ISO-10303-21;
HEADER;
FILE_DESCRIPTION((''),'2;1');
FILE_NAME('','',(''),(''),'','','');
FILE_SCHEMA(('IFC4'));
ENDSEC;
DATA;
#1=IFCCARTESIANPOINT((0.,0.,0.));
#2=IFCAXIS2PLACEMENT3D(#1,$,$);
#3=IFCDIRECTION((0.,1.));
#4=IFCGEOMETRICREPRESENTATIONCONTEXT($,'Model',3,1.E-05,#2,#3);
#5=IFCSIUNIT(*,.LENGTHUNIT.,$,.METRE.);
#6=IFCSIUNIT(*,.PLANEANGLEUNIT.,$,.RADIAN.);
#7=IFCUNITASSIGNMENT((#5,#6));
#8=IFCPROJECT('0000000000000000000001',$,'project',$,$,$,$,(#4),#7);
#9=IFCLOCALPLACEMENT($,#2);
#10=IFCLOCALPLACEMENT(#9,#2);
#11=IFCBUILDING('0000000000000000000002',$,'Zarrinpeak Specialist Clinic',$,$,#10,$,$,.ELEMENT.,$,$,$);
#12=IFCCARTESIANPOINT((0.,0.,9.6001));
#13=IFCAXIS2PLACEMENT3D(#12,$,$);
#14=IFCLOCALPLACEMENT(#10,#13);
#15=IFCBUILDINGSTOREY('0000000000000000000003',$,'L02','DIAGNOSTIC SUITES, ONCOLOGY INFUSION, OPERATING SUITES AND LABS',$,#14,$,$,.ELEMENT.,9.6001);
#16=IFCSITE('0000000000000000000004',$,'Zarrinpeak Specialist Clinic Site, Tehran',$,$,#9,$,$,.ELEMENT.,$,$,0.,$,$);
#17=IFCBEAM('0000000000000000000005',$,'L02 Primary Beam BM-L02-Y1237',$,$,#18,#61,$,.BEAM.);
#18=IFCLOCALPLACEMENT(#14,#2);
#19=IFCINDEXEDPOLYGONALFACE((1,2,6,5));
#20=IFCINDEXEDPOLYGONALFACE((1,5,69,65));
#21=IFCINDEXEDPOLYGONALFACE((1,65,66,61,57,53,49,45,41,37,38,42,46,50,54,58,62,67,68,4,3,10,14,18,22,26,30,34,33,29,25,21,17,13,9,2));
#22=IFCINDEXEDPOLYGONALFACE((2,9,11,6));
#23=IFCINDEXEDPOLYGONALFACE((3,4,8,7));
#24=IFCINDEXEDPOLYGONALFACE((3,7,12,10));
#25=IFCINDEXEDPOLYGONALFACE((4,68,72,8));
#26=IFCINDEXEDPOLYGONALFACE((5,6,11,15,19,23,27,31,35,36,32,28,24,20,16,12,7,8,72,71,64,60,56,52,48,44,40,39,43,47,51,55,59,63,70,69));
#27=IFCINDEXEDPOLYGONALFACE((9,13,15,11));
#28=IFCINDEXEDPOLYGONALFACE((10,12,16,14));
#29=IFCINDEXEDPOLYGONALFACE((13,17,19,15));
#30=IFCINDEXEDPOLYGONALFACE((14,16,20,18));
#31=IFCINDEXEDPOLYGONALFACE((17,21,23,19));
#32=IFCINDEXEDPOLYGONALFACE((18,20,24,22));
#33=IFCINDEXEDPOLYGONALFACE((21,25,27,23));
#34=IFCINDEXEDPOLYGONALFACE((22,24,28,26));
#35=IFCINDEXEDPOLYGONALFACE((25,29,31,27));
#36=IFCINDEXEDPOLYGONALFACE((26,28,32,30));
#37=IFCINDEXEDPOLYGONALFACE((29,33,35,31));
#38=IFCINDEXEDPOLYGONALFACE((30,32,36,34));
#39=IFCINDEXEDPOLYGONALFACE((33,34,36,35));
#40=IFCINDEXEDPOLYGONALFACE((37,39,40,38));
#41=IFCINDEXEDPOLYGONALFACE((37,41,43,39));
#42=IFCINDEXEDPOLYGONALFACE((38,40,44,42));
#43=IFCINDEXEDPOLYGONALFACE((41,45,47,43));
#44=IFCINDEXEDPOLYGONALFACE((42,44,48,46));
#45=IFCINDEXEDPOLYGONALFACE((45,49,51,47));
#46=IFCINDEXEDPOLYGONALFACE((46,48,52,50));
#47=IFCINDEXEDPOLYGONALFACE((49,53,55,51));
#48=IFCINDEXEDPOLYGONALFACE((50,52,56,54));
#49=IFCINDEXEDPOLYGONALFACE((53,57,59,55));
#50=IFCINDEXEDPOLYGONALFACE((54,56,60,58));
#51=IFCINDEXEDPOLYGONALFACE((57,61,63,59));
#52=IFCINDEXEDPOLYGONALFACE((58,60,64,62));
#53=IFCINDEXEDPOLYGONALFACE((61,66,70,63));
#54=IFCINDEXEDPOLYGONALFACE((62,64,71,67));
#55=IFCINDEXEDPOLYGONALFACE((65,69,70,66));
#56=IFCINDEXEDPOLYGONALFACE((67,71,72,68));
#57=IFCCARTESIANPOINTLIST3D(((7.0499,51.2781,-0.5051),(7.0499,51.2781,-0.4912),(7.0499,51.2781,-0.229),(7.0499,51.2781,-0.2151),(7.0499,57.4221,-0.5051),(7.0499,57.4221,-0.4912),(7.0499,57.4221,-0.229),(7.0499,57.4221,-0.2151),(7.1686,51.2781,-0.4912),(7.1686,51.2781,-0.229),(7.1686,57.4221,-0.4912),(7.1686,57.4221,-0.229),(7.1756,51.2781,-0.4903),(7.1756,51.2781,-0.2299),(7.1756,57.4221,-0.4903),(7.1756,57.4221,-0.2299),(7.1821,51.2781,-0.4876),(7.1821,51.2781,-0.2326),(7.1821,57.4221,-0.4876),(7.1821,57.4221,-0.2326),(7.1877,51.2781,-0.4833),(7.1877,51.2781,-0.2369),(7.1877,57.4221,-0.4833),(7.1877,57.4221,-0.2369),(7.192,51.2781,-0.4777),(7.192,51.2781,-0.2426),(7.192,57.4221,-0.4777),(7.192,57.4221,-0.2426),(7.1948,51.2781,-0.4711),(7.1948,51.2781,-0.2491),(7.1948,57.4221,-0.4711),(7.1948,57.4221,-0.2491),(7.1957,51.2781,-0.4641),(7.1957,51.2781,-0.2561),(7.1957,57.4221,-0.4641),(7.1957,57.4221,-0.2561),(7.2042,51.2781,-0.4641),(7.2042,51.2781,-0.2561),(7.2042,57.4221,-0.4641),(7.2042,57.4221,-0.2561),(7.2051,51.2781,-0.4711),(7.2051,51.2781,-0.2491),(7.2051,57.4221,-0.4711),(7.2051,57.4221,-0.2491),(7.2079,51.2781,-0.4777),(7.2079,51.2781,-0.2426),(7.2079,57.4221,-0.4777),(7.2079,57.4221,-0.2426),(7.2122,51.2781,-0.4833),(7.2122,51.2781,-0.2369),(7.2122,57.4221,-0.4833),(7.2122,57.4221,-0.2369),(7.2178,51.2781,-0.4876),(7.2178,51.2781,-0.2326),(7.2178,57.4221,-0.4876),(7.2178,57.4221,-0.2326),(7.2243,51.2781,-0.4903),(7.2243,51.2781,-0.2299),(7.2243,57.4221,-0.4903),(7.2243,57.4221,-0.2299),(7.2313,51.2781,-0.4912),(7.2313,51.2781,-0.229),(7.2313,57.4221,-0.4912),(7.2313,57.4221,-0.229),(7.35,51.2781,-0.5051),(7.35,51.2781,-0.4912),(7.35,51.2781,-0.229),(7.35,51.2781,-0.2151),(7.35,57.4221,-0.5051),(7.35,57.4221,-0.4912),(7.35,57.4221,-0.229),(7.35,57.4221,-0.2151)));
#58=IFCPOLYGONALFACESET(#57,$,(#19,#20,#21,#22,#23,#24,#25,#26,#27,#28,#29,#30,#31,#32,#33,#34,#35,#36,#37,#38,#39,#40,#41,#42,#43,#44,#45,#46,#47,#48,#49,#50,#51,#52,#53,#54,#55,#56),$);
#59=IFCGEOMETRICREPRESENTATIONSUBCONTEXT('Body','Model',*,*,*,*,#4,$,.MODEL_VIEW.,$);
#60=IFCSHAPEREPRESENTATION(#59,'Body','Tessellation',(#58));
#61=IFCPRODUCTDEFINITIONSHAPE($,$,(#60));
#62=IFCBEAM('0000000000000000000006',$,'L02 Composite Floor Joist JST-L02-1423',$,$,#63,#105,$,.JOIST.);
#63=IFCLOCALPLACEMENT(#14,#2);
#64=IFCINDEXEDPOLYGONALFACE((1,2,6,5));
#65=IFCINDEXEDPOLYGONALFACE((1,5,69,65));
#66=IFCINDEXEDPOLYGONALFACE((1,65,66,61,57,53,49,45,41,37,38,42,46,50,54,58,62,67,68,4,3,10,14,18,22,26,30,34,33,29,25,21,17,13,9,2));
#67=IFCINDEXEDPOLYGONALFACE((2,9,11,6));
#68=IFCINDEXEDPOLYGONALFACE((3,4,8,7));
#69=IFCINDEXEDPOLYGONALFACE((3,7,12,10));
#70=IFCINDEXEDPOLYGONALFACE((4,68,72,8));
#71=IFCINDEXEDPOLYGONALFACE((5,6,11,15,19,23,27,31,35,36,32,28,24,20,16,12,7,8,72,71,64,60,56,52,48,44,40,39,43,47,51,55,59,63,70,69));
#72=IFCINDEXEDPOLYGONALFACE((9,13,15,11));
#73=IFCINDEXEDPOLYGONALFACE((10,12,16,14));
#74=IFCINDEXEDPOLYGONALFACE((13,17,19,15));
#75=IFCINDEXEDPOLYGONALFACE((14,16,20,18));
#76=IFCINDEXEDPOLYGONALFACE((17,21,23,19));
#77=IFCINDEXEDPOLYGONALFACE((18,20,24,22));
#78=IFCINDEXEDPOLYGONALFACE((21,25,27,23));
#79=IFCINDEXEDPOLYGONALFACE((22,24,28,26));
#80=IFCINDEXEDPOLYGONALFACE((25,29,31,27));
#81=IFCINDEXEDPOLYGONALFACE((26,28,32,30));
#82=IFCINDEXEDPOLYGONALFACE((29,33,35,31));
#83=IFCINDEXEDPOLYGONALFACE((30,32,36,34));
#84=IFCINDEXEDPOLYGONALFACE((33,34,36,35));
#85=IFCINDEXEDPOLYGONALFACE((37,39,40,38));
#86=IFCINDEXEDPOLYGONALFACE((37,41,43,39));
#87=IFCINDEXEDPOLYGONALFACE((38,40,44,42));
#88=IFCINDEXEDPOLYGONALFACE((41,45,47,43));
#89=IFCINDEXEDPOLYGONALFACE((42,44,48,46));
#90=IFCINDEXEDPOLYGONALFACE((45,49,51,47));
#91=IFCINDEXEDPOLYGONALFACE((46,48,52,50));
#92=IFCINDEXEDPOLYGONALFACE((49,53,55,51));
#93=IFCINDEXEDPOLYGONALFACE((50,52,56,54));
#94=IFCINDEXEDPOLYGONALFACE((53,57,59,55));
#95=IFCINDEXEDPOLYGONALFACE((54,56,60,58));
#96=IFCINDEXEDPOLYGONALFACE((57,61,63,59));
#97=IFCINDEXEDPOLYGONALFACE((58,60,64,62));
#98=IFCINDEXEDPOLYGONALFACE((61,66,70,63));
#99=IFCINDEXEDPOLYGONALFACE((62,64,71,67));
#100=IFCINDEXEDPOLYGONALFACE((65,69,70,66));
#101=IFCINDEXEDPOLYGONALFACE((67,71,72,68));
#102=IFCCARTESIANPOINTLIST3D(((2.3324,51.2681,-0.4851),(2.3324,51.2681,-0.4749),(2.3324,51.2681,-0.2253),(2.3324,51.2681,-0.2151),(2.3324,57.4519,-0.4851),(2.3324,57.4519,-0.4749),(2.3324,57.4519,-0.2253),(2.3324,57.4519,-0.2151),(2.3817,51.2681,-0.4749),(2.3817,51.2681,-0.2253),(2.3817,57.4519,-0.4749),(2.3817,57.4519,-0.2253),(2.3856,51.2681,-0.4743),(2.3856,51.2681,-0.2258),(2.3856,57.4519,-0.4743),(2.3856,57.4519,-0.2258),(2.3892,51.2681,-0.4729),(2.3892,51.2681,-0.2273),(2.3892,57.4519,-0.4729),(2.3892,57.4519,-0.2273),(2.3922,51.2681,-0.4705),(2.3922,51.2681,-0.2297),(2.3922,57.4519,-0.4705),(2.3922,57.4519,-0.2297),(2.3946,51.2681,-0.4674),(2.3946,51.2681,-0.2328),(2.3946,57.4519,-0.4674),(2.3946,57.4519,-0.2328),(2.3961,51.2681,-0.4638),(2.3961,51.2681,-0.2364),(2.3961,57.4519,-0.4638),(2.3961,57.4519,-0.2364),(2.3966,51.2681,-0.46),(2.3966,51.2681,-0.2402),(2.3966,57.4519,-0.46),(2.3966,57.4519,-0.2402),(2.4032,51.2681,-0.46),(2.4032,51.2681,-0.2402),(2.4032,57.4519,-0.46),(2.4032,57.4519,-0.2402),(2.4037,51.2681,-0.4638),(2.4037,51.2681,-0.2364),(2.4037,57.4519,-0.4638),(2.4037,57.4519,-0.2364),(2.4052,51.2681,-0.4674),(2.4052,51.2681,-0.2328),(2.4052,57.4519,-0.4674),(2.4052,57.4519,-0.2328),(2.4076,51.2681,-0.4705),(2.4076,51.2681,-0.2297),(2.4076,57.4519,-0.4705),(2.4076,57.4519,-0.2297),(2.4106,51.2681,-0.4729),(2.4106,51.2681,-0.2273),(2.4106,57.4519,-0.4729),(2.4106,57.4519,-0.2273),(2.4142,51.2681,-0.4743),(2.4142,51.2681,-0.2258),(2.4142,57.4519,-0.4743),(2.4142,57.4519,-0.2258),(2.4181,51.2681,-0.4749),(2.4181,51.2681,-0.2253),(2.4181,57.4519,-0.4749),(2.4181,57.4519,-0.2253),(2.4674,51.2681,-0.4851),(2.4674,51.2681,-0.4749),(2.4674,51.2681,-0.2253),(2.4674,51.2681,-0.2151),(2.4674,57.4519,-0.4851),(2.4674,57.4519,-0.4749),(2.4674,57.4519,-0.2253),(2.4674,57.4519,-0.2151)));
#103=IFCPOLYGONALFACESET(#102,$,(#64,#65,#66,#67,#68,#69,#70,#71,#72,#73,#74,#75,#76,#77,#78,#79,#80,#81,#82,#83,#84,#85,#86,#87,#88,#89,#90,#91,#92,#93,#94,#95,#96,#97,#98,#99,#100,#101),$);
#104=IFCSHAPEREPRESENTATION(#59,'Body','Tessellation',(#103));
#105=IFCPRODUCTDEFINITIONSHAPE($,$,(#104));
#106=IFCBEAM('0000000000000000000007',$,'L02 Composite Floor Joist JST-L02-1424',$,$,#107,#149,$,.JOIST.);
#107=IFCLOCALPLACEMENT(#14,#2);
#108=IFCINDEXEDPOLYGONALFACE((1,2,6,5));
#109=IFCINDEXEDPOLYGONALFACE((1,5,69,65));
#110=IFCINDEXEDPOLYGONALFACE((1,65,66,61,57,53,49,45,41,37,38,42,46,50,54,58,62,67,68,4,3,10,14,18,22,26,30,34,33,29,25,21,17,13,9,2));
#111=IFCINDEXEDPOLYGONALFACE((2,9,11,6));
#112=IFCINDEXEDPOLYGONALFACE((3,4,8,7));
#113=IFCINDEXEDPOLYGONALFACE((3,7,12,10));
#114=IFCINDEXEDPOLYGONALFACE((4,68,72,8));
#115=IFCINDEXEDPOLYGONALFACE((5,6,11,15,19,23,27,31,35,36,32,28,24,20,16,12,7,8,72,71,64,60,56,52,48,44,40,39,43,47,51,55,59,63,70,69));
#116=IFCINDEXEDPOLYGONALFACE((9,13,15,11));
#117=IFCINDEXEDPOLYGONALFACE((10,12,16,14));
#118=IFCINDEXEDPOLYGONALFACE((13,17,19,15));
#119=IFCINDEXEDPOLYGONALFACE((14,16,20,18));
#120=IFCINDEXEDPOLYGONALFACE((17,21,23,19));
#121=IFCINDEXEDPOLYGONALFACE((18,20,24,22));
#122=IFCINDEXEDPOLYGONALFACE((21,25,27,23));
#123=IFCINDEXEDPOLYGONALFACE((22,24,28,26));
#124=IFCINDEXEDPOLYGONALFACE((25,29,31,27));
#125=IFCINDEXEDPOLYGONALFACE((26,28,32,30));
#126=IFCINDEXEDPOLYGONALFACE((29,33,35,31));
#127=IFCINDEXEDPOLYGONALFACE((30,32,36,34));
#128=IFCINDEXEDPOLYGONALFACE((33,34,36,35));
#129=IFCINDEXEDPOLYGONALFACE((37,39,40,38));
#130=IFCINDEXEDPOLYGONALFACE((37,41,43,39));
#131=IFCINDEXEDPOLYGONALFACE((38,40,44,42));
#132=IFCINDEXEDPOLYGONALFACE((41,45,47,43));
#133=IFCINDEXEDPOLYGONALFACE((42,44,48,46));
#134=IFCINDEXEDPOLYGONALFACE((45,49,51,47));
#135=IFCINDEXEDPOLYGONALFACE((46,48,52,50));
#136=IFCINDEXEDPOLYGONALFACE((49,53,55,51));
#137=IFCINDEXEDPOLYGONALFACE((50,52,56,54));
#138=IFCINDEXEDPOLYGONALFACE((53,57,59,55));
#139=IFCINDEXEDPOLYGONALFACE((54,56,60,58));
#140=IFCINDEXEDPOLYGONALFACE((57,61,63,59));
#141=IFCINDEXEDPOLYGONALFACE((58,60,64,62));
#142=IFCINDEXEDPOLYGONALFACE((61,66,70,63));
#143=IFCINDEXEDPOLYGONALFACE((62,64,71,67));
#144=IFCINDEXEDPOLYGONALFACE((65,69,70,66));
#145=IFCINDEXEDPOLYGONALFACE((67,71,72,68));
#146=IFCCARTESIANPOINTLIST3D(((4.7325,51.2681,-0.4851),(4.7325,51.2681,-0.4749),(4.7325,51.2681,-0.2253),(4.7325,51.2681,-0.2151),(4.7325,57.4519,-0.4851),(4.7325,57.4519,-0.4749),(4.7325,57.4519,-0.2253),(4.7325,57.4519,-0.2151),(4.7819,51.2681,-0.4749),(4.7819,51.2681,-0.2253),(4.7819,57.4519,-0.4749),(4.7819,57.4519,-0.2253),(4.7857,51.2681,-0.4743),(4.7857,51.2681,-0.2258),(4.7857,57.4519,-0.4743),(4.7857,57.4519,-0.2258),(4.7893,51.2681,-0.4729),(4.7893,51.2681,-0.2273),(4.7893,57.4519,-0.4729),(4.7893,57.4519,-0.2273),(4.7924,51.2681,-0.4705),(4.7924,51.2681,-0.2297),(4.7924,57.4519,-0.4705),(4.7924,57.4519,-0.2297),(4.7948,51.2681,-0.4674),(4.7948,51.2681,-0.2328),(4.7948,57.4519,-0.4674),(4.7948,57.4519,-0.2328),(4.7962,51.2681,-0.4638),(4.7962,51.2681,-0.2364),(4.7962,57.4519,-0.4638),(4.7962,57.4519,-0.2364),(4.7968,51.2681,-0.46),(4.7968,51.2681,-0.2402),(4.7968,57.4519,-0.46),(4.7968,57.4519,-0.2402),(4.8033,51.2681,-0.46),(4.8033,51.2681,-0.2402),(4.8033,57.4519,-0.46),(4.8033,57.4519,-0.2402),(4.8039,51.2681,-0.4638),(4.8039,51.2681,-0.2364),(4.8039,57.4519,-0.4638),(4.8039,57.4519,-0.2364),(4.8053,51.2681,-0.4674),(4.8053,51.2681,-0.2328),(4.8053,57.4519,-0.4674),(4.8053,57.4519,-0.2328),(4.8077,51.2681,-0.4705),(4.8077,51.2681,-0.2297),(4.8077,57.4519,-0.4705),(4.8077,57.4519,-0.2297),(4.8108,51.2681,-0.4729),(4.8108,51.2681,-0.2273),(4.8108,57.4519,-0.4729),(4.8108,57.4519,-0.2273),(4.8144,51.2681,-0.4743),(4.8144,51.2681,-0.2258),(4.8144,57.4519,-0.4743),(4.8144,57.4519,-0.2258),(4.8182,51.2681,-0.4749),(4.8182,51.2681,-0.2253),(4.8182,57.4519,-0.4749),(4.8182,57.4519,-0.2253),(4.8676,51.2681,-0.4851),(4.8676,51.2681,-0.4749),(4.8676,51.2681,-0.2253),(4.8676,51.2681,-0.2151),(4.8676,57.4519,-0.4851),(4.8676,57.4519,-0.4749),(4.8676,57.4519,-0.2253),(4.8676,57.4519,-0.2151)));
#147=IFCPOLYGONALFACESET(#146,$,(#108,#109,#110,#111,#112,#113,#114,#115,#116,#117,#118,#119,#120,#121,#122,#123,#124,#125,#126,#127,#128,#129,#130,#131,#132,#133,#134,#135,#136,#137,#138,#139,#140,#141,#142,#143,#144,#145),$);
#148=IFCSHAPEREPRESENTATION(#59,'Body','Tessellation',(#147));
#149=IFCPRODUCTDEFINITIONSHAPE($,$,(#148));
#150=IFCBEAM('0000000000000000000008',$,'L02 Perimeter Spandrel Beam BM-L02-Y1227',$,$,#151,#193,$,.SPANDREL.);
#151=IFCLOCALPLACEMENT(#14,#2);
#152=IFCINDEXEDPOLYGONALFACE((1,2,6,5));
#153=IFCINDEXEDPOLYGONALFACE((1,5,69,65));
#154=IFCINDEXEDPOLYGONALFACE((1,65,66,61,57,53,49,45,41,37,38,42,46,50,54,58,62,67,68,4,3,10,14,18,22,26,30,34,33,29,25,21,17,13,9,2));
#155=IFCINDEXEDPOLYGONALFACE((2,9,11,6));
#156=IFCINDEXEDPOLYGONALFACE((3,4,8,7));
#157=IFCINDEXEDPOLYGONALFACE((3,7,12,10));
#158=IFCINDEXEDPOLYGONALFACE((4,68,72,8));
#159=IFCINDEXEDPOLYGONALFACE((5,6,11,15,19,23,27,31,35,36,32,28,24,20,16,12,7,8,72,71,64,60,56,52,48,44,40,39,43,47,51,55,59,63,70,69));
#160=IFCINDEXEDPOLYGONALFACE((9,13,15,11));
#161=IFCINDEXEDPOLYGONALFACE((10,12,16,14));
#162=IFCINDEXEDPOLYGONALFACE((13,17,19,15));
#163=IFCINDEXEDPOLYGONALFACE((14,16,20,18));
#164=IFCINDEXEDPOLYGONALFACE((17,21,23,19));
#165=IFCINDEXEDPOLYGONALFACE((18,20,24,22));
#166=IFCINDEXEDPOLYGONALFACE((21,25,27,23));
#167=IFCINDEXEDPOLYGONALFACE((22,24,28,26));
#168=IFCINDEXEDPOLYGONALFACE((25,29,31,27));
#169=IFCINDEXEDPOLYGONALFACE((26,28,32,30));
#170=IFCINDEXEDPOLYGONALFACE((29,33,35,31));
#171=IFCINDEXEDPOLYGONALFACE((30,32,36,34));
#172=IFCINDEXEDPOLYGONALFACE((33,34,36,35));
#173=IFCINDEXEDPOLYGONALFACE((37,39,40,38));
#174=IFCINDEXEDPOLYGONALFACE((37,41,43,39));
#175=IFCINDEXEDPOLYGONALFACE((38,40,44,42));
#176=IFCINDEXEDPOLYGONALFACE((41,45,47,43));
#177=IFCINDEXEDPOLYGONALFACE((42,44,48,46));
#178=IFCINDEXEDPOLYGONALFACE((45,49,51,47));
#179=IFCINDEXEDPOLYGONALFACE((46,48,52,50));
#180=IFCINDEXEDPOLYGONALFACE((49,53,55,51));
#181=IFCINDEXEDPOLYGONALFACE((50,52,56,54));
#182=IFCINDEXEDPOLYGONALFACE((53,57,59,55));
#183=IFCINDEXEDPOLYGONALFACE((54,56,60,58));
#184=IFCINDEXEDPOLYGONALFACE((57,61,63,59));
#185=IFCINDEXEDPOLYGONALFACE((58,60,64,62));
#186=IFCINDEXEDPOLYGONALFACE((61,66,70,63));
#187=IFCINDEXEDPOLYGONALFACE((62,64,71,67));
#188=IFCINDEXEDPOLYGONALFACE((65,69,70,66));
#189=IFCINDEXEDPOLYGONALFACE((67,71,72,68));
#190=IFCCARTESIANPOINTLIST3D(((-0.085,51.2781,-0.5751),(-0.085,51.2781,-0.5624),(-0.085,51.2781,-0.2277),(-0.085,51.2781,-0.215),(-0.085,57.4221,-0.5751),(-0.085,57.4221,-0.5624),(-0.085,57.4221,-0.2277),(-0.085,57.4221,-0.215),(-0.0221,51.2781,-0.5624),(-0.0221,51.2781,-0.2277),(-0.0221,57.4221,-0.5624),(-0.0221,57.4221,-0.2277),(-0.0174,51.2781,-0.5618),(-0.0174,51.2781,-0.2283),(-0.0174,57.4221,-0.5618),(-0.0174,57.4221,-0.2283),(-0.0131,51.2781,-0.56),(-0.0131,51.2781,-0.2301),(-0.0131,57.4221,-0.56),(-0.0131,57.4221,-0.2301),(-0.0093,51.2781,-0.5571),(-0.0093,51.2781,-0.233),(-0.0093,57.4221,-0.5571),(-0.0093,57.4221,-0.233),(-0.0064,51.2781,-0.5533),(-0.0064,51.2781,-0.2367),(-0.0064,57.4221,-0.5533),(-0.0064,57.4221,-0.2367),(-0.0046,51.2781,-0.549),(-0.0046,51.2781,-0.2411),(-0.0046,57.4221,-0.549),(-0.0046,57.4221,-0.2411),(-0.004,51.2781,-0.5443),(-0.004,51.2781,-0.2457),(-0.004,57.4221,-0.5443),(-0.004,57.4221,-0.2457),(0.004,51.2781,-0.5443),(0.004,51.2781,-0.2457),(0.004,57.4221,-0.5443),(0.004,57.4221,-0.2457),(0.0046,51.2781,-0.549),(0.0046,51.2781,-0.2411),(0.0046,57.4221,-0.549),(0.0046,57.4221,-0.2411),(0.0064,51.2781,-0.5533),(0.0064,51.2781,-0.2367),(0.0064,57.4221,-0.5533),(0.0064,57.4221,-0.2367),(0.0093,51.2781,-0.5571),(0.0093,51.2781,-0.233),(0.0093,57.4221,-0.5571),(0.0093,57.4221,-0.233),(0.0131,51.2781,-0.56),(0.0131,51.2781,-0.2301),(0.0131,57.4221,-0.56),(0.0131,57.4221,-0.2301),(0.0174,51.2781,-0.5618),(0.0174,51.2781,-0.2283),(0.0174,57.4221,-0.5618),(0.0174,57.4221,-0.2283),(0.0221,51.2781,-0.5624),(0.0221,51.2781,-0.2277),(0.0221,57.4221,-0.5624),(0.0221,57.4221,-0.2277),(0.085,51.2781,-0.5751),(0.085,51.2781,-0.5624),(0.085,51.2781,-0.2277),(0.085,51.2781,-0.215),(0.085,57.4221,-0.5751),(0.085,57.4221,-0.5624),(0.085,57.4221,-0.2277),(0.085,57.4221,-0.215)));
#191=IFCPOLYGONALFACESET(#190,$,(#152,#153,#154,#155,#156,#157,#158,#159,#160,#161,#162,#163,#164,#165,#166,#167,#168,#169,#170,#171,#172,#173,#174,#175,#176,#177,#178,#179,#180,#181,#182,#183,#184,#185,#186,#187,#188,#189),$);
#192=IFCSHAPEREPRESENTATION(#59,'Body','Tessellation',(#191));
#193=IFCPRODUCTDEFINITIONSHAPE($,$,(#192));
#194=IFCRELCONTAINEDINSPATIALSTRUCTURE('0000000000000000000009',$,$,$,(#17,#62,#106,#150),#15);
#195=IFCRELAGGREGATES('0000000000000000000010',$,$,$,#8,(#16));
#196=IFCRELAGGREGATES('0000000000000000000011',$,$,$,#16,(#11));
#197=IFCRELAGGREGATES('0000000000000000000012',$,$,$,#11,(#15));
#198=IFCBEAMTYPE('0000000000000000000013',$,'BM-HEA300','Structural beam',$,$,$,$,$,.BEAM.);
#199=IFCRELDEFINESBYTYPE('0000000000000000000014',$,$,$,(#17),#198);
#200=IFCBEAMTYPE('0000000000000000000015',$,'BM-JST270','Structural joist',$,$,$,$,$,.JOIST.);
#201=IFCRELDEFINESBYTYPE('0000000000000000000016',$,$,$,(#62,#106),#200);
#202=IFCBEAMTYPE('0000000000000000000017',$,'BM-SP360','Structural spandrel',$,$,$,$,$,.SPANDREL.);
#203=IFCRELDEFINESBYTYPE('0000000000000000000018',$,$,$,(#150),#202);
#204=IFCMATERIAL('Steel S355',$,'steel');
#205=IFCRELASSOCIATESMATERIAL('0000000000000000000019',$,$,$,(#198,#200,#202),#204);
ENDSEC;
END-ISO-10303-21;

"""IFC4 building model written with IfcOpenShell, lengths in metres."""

from ifc_helpers import new_model, si_unit, direction, frame, origin, origin_2d, place, context, subcontext, project, spatial, i_section, extrude, material, material_profile, profile_set, type_object, element, save


model = new_model("IFC4")

# Units and contexts
model_context = context("Model", 3, precision=1e-05, world=origin(), true_north=direction((0.0, 1.0)))
body_context = subcontext(model_context, "Body", "Model", "MODEL_VIEW")
ifc_project = project(units=[si_unit("LENGTHUNIT", "METRE"), si_unit("PLANEANGLEUNIT", "RADIAN")], contexts=[model_context])

# Site, building, storey
site_placement = place(None, origin())
site = spatial("IfcSite", under=ifc_project, at=site_placement, Name="Zarrinpeak Specialist Clinic Site, Tehran", CompositionType="ELEMENT", RefElevation=0.0)
building_placement = place(site_placement, origin())
building = spatial("IfcBuilding", under=site, at=building_placement, Name="Zarrinpeak Specialist Clinic", CompositionType="ELEMENT")
storey_placement = place(building_placement, frame((0.0, 0.0, 9.6001)))
storey = spatial("IfcBuildingStorey", under=building, at=storey_placement, Name="L02", Description="DIAGNOSTIC SUITES, ONCOLOGY INFUSION, OPERATING SUITES AND LABS", CompositionType="ELEMENT", Elevation=9.6001)

# Shared definitions
ifc_material_1 = material(Name="Steel S355", Category="steel")

# Beams
ifc_material_profile_1 = material_profile(ifc_material_1, i_section(OverallWidth=0.3, OverallDepth=0.29, WebThickness=0.0085, FlangeThickness=0.0139, FilletRadius=0.0271, at=origin_2d()), Name="HEA 300")
ifc_profile_set_1 = profile_set([ifc_material_profile_1], Name="Steel S355")
beam_type_1 = type_object("IfcBeamType", Name="BM-HEA300", Description="Structural beam", PredefinedType="BEAM", material=ifc_profile_set_1)
beam_1_placement = place(storey_placement, frame((7.2, 51.2781, -0.3601), z_axis=(0.0, 1.0, 0.0), x_axis=(-1.0, 0.0, 0.0)))
element("IfcBeam", 1, at=beam_1_placement, inside=storey, type_object=beam_type_1, Name="L02 Primary Beam BM-L02-Y1237", PredefinedType="BEAM", context=body_context, shape_type="SweptSolid", body=[
    extrude(i_section(OverallWidth=0.3, OverallDepth=0.29, WebThickness=0.0085, FlangeThickness=0.0139, FilletRadius=0.0271, at=origin_2d()), origin(), (0.0, 0.0, 1.0), 6.144),
])
ifc_material_profile_2 = material_profile(ifc_material_1, i_section(OverallWidth=0.135, OverallDepth=0.27, WebThickness=0.0066, FlangeThickness=0.0103, FilletRadius=0.0149, at=origin_2d()), Name="IPE 270")
ifc_profile_set_2 = profile_set([ifc_material_profile_2], Name="Steel S355")
beam_type_2 = type_object("IfcBeamType", Name="BM-JST270", Description="Structural joist", PredefinedType="JOIST", material=ifc_profile_set_2)
for number, where, z_axis, x_axis, name in (
    (2, (2.3999, 51.2681, -0.3501), (0.0, 1.0, 0.0), (-1.0, 0.0, 0.0), "L02 Composite Floor Joist JST-L02-1423"),
    (3, (4.8, 51.2681, -0.3501), (0.0, 1.0, 0.0), (-1.0, 0.0, 0.0), "L02 Composite Floor Joist JST-L02-1424"),
):
    element("IfcBeam", number, at=place(storey_placement, frame(where, z_axis=z_axis, x_axis=x_axis)), inside=storey, type_object=beam_type_2, Name=name, PredefinedType="JOIST", context=body_context, shape_type="SweptSolid", body=[
        extrude(i_section(OverallWidth=0.135, OverallDepth=0.27, WebThickness=0.0066, FlangeThickness=0.0103, FilletRadius=0.0149, at=origin_2d()), origin(), (0.0, 0.0, 1.0), 6.1838),
    ])
ifc_material_profile_3 = material_profile(ifc_material_1, i_section(OverallWidth=0.1699, OverallDepth=0.3601, WebThickness=0.0081, FlangeThickness=0.0127, FilletRadius=0.0181, at=origin_2d()), Name="IPE 360")
ifc_profile_set_3 = profile_set([ifc_material_profile_3], Name="Steel S355")
beam_type_3 = type_object("IfcBeamType", Name="BM-SP360", Description="Structural spandrel", PredefinedType="SPANDREL", material=ifc_profile_set_3)
beam_2_placement = place(storey_placement, frame((0.0, 51.2781, -0.395), z_axis=(0.0, 1.0, 0.0), x_axis=(-1.0, 0.0, 0.0)))
element("IfcBeam", 4, at=beam_2_placement, inside=storey, type_object=beam_type_3, Name="L02 Perimeter Spandrel Beam BM-L02-Y1227", PredefinedType="SPANDREL", context=body_context, shape_type="SweptSolid", body=[
    extrude(i_section(OverallWidth=0.1699, OverallDepth=0.3601, WebThickness=0.0081, FlangeThickness=0.0127, FilletRadius=0.0181, at=origin_2d()), origin(), (0.0, 0.0, 1.0), 6.144),
])

save(model, "model.ifc")
